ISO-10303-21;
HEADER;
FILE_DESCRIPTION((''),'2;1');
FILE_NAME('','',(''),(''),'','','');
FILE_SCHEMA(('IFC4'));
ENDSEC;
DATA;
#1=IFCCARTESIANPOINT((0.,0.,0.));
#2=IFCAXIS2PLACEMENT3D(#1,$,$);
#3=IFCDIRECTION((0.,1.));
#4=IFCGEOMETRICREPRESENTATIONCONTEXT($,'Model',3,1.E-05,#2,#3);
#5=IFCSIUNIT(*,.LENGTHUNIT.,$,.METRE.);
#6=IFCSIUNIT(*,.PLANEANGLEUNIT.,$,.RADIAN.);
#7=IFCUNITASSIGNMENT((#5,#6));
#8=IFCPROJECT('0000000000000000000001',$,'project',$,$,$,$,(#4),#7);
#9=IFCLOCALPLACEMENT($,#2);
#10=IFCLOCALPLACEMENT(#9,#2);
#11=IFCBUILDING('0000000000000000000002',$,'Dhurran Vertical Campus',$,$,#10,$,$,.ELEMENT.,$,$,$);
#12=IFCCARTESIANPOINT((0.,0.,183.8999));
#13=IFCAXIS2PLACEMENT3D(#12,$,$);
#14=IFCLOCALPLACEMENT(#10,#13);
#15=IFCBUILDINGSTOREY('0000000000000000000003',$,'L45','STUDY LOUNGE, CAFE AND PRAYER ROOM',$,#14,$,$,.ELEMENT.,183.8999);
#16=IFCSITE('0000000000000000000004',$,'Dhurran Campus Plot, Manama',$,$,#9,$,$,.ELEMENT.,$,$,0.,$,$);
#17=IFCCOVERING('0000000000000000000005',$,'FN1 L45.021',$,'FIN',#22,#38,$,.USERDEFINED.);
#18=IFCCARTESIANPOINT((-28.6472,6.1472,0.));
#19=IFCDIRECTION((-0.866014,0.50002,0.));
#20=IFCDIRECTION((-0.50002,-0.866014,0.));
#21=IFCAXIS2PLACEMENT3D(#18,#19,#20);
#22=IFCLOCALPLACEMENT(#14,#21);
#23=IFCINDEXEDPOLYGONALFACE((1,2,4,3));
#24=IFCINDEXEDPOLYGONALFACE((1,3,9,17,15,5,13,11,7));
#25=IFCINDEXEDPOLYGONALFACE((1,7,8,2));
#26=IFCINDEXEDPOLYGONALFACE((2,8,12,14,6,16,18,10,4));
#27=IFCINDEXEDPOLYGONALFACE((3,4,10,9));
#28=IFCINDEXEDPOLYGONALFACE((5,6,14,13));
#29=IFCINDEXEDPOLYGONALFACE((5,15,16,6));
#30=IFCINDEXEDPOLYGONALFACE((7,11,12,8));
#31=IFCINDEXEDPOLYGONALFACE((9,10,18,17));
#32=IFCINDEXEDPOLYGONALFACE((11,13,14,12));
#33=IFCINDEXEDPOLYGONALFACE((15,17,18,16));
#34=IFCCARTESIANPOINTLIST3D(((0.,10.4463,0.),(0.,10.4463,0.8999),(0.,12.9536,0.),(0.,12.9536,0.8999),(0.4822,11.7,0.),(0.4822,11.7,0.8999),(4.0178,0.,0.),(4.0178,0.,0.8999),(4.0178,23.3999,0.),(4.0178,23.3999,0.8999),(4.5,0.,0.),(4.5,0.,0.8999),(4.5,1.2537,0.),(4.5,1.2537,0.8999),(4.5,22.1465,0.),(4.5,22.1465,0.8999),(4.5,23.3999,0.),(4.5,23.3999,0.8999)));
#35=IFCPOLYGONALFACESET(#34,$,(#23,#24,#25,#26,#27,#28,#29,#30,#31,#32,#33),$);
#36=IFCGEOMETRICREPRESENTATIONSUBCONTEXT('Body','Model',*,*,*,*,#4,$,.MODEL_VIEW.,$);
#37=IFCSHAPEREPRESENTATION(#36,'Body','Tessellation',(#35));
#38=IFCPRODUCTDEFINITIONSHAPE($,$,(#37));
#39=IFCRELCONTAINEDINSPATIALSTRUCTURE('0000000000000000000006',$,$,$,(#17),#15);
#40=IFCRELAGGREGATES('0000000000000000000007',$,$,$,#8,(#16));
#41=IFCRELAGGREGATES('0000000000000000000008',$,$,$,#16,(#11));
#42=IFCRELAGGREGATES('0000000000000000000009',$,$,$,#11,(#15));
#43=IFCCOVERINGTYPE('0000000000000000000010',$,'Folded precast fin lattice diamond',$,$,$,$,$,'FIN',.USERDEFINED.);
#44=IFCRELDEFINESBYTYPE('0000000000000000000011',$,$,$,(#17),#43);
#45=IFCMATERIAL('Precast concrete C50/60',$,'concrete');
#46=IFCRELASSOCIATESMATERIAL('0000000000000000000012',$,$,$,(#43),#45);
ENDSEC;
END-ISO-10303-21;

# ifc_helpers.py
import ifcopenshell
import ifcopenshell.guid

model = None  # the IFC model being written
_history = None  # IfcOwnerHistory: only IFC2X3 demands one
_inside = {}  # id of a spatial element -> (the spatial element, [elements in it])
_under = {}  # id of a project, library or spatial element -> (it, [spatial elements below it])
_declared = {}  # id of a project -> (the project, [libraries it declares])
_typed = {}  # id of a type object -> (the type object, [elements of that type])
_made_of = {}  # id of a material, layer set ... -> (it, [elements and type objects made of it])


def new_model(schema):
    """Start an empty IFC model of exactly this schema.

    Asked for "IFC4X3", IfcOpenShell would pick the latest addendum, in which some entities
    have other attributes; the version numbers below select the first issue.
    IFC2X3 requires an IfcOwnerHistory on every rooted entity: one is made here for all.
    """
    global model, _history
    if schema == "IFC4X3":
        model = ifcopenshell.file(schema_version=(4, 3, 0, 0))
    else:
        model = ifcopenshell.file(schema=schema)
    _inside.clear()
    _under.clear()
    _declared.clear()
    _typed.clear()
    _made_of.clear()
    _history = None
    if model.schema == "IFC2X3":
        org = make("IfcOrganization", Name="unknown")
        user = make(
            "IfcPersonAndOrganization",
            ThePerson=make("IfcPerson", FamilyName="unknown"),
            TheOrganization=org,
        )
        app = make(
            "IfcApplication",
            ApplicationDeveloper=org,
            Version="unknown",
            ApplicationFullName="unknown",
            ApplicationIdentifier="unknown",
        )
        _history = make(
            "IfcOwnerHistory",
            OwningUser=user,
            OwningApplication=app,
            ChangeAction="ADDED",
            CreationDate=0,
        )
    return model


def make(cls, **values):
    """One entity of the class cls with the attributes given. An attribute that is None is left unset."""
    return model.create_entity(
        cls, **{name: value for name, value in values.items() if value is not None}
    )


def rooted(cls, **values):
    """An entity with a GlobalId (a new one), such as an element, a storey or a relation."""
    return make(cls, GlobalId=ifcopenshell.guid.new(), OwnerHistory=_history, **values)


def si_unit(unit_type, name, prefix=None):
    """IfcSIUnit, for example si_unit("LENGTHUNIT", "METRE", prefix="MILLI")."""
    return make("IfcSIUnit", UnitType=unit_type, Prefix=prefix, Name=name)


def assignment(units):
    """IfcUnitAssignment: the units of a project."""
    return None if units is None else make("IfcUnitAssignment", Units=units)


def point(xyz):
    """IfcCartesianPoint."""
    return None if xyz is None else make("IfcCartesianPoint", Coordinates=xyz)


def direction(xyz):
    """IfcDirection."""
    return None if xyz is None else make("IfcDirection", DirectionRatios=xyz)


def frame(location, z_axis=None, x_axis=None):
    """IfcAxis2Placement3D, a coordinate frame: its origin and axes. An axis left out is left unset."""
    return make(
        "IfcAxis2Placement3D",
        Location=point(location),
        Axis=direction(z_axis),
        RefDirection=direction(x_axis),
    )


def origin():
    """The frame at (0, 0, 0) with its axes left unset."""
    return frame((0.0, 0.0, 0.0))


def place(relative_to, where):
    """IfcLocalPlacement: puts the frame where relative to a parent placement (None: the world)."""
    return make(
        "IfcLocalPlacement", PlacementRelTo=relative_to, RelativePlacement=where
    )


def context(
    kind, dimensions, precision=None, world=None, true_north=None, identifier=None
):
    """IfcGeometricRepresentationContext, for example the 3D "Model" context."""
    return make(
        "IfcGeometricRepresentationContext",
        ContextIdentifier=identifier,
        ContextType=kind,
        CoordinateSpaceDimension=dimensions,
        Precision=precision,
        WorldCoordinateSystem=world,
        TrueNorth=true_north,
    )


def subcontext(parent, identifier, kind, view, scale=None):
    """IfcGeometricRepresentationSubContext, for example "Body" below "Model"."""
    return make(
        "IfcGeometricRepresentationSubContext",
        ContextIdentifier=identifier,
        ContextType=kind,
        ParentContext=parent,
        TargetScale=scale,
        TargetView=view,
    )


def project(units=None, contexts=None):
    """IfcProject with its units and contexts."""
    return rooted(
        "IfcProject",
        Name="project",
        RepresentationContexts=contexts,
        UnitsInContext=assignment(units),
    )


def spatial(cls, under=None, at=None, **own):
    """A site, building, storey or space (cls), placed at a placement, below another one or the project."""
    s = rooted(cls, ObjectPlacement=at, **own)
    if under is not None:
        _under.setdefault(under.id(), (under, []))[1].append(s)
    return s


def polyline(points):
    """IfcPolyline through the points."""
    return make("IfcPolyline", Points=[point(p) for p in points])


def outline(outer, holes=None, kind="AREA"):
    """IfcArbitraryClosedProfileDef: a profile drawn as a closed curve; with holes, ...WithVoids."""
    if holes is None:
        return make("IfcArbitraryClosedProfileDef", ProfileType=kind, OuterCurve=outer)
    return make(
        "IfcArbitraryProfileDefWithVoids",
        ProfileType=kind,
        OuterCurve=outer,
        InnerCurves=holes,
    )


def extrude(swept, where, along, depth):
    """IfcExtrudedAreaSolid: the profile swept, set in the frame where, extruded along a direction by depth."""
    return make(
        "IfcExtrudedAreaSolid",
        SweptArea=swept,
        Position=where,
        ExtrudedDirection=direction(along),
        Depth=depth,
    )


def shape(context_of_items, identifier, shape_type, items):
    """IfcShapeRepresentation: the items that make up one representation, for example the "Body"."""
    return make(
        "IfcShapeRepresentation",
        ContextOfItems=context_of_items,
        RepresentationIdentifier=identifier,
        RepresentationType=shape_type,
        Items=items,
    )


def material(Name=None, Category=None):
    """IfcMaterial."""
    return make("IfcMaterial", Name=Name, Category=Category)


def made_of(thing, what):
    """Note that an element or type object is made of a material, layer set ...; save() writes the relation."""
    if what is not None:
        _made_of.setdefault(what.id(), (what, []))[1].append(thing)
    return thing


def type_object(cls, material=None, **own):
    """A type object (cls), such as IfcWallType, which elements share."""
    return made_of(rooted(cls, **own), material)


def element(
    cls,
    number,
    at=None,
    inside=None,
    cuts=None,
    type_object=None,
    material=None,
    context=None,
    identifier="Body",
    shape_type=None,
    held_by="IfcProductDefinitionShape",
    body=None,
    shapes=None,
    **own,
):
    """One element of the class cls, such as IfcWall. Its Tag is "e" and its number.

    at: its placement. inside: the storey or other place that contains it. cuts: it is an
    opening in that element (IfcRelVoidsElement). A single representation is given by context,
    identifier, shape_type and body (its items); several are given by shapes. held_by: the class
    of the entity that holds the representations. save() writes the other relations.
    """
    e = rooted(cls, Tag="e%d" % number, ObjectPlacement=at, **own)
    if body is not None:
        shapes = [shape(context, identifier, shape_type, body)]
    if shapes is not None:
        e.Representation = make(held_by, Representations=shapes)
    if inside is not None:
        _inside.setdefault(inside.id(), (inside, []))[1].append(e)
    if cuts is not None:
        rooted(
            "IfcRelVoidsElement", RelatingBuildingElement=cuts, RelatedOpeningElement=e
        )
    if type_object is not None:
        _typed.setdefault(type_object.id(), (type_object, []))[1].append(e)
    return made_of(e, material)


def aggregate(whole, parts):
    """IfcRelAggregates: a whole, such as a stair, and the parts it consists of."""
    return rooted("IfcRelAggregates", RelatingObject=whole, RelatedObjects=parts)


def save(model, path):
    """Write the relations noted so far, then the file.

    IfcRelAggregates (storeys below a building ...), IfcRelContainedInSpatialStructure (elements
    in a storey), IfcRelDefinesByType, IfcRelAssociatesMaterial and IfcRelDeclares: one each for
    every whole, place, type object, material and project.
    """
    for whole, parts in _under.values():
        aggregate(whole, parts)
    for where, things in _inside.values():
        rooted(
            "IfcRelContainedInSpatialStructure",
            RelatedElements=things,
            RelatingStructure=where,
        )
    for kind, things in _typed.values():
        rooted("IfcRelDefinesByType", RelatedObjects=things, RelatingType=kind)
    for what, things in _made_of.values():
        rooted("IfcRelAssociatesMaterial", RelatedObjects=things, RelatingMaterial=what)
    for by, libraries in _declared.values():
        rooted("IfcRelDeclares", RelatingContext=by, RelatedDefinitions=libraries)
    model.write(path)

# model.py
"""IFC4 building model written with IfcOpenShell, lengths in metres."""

from ifc_helpers import new_model, si_unit, direction, frame, origin, place, context, subcontext, project, spatial, polyline, outline, extrude, material, type_object, element, save


model = new_model("IFC4")

# Units and contexts
model_context = context("Model", 3, precision=1e-05, world=origin(), true_north=direction((0.0, 1.0)))
body_context = subcontext(model_context, "Body", "Model", "MODEL_VIEW")
ifc_project = project(units=[si_unit("LENGTHUNIT", "METRE"), si_unit("PLANEANGLEUNIT", "RADIAN")], contexts=[model_context])

# Site, building, storey
site_placement = place(None, origin())
site = spatial("IfcSite", under=ifc_project, at=site_placement, Name="Dhurran Campus Plot, Manama", CompositionType="ELEMENT", RefElevation=0.0)
building_placement = place(site_placement, origin())
building = spatial("IfcBuilding", under=site, at=building_placement, Name="Dhurran Vertical Campus", CompositionType="ELEMENT")
storey_placement = place(building_placement, frame((0.0, 0.0, 183.8999)))
storey = spatial("IfcBuildingStorey", under=building, at=storey_placement, Name="L45", Description="STUDY LOUNGE, CAFE AND PRAYER ROOM", CompositionType="ELEMENT", Elevation=183.8999)

# Covering
ifc_material_1 = material(Name="Precast concrete C50/60", Category="concrete")
covering_type = type_object("IfcCoveringType", Name="Folded precast fin lattice diamond", ElementType="FIN", PredefinedType="USERDEFINED", material=ifc_material_1)
covering_1_placement = place(storey_placement, frame((-28.6472, 6.1472, 0.0), z_axis=(-0.866014, 0.50002, 0.0), x_axis=(-0.50002, -0.866014, 0.0)))
element("IfcCovering", 1, at=covering_1_placement, inside=storey, type_object=covering_type, Name="FN1 L45.021", ObjectType="FIN", PredefinedType="USERDEFINED", context=body_context, shape_type="SweptSolid", body=[
    extrude(outline(polyline([(4.0178, 0.0), (0.0, 10.4463), (0.0, 12.9536), (4.0178, 23.3999), (4.5, 23.3999), (4.5, 22.1465), (0.4822, 11.7), (4.5, 1.2537), (4.5, 0.0), (4.0178, 0.0)])), origin(), (0.0, 0.0, 1.0), 0.8999),
])

save(model, "model.ifc")
